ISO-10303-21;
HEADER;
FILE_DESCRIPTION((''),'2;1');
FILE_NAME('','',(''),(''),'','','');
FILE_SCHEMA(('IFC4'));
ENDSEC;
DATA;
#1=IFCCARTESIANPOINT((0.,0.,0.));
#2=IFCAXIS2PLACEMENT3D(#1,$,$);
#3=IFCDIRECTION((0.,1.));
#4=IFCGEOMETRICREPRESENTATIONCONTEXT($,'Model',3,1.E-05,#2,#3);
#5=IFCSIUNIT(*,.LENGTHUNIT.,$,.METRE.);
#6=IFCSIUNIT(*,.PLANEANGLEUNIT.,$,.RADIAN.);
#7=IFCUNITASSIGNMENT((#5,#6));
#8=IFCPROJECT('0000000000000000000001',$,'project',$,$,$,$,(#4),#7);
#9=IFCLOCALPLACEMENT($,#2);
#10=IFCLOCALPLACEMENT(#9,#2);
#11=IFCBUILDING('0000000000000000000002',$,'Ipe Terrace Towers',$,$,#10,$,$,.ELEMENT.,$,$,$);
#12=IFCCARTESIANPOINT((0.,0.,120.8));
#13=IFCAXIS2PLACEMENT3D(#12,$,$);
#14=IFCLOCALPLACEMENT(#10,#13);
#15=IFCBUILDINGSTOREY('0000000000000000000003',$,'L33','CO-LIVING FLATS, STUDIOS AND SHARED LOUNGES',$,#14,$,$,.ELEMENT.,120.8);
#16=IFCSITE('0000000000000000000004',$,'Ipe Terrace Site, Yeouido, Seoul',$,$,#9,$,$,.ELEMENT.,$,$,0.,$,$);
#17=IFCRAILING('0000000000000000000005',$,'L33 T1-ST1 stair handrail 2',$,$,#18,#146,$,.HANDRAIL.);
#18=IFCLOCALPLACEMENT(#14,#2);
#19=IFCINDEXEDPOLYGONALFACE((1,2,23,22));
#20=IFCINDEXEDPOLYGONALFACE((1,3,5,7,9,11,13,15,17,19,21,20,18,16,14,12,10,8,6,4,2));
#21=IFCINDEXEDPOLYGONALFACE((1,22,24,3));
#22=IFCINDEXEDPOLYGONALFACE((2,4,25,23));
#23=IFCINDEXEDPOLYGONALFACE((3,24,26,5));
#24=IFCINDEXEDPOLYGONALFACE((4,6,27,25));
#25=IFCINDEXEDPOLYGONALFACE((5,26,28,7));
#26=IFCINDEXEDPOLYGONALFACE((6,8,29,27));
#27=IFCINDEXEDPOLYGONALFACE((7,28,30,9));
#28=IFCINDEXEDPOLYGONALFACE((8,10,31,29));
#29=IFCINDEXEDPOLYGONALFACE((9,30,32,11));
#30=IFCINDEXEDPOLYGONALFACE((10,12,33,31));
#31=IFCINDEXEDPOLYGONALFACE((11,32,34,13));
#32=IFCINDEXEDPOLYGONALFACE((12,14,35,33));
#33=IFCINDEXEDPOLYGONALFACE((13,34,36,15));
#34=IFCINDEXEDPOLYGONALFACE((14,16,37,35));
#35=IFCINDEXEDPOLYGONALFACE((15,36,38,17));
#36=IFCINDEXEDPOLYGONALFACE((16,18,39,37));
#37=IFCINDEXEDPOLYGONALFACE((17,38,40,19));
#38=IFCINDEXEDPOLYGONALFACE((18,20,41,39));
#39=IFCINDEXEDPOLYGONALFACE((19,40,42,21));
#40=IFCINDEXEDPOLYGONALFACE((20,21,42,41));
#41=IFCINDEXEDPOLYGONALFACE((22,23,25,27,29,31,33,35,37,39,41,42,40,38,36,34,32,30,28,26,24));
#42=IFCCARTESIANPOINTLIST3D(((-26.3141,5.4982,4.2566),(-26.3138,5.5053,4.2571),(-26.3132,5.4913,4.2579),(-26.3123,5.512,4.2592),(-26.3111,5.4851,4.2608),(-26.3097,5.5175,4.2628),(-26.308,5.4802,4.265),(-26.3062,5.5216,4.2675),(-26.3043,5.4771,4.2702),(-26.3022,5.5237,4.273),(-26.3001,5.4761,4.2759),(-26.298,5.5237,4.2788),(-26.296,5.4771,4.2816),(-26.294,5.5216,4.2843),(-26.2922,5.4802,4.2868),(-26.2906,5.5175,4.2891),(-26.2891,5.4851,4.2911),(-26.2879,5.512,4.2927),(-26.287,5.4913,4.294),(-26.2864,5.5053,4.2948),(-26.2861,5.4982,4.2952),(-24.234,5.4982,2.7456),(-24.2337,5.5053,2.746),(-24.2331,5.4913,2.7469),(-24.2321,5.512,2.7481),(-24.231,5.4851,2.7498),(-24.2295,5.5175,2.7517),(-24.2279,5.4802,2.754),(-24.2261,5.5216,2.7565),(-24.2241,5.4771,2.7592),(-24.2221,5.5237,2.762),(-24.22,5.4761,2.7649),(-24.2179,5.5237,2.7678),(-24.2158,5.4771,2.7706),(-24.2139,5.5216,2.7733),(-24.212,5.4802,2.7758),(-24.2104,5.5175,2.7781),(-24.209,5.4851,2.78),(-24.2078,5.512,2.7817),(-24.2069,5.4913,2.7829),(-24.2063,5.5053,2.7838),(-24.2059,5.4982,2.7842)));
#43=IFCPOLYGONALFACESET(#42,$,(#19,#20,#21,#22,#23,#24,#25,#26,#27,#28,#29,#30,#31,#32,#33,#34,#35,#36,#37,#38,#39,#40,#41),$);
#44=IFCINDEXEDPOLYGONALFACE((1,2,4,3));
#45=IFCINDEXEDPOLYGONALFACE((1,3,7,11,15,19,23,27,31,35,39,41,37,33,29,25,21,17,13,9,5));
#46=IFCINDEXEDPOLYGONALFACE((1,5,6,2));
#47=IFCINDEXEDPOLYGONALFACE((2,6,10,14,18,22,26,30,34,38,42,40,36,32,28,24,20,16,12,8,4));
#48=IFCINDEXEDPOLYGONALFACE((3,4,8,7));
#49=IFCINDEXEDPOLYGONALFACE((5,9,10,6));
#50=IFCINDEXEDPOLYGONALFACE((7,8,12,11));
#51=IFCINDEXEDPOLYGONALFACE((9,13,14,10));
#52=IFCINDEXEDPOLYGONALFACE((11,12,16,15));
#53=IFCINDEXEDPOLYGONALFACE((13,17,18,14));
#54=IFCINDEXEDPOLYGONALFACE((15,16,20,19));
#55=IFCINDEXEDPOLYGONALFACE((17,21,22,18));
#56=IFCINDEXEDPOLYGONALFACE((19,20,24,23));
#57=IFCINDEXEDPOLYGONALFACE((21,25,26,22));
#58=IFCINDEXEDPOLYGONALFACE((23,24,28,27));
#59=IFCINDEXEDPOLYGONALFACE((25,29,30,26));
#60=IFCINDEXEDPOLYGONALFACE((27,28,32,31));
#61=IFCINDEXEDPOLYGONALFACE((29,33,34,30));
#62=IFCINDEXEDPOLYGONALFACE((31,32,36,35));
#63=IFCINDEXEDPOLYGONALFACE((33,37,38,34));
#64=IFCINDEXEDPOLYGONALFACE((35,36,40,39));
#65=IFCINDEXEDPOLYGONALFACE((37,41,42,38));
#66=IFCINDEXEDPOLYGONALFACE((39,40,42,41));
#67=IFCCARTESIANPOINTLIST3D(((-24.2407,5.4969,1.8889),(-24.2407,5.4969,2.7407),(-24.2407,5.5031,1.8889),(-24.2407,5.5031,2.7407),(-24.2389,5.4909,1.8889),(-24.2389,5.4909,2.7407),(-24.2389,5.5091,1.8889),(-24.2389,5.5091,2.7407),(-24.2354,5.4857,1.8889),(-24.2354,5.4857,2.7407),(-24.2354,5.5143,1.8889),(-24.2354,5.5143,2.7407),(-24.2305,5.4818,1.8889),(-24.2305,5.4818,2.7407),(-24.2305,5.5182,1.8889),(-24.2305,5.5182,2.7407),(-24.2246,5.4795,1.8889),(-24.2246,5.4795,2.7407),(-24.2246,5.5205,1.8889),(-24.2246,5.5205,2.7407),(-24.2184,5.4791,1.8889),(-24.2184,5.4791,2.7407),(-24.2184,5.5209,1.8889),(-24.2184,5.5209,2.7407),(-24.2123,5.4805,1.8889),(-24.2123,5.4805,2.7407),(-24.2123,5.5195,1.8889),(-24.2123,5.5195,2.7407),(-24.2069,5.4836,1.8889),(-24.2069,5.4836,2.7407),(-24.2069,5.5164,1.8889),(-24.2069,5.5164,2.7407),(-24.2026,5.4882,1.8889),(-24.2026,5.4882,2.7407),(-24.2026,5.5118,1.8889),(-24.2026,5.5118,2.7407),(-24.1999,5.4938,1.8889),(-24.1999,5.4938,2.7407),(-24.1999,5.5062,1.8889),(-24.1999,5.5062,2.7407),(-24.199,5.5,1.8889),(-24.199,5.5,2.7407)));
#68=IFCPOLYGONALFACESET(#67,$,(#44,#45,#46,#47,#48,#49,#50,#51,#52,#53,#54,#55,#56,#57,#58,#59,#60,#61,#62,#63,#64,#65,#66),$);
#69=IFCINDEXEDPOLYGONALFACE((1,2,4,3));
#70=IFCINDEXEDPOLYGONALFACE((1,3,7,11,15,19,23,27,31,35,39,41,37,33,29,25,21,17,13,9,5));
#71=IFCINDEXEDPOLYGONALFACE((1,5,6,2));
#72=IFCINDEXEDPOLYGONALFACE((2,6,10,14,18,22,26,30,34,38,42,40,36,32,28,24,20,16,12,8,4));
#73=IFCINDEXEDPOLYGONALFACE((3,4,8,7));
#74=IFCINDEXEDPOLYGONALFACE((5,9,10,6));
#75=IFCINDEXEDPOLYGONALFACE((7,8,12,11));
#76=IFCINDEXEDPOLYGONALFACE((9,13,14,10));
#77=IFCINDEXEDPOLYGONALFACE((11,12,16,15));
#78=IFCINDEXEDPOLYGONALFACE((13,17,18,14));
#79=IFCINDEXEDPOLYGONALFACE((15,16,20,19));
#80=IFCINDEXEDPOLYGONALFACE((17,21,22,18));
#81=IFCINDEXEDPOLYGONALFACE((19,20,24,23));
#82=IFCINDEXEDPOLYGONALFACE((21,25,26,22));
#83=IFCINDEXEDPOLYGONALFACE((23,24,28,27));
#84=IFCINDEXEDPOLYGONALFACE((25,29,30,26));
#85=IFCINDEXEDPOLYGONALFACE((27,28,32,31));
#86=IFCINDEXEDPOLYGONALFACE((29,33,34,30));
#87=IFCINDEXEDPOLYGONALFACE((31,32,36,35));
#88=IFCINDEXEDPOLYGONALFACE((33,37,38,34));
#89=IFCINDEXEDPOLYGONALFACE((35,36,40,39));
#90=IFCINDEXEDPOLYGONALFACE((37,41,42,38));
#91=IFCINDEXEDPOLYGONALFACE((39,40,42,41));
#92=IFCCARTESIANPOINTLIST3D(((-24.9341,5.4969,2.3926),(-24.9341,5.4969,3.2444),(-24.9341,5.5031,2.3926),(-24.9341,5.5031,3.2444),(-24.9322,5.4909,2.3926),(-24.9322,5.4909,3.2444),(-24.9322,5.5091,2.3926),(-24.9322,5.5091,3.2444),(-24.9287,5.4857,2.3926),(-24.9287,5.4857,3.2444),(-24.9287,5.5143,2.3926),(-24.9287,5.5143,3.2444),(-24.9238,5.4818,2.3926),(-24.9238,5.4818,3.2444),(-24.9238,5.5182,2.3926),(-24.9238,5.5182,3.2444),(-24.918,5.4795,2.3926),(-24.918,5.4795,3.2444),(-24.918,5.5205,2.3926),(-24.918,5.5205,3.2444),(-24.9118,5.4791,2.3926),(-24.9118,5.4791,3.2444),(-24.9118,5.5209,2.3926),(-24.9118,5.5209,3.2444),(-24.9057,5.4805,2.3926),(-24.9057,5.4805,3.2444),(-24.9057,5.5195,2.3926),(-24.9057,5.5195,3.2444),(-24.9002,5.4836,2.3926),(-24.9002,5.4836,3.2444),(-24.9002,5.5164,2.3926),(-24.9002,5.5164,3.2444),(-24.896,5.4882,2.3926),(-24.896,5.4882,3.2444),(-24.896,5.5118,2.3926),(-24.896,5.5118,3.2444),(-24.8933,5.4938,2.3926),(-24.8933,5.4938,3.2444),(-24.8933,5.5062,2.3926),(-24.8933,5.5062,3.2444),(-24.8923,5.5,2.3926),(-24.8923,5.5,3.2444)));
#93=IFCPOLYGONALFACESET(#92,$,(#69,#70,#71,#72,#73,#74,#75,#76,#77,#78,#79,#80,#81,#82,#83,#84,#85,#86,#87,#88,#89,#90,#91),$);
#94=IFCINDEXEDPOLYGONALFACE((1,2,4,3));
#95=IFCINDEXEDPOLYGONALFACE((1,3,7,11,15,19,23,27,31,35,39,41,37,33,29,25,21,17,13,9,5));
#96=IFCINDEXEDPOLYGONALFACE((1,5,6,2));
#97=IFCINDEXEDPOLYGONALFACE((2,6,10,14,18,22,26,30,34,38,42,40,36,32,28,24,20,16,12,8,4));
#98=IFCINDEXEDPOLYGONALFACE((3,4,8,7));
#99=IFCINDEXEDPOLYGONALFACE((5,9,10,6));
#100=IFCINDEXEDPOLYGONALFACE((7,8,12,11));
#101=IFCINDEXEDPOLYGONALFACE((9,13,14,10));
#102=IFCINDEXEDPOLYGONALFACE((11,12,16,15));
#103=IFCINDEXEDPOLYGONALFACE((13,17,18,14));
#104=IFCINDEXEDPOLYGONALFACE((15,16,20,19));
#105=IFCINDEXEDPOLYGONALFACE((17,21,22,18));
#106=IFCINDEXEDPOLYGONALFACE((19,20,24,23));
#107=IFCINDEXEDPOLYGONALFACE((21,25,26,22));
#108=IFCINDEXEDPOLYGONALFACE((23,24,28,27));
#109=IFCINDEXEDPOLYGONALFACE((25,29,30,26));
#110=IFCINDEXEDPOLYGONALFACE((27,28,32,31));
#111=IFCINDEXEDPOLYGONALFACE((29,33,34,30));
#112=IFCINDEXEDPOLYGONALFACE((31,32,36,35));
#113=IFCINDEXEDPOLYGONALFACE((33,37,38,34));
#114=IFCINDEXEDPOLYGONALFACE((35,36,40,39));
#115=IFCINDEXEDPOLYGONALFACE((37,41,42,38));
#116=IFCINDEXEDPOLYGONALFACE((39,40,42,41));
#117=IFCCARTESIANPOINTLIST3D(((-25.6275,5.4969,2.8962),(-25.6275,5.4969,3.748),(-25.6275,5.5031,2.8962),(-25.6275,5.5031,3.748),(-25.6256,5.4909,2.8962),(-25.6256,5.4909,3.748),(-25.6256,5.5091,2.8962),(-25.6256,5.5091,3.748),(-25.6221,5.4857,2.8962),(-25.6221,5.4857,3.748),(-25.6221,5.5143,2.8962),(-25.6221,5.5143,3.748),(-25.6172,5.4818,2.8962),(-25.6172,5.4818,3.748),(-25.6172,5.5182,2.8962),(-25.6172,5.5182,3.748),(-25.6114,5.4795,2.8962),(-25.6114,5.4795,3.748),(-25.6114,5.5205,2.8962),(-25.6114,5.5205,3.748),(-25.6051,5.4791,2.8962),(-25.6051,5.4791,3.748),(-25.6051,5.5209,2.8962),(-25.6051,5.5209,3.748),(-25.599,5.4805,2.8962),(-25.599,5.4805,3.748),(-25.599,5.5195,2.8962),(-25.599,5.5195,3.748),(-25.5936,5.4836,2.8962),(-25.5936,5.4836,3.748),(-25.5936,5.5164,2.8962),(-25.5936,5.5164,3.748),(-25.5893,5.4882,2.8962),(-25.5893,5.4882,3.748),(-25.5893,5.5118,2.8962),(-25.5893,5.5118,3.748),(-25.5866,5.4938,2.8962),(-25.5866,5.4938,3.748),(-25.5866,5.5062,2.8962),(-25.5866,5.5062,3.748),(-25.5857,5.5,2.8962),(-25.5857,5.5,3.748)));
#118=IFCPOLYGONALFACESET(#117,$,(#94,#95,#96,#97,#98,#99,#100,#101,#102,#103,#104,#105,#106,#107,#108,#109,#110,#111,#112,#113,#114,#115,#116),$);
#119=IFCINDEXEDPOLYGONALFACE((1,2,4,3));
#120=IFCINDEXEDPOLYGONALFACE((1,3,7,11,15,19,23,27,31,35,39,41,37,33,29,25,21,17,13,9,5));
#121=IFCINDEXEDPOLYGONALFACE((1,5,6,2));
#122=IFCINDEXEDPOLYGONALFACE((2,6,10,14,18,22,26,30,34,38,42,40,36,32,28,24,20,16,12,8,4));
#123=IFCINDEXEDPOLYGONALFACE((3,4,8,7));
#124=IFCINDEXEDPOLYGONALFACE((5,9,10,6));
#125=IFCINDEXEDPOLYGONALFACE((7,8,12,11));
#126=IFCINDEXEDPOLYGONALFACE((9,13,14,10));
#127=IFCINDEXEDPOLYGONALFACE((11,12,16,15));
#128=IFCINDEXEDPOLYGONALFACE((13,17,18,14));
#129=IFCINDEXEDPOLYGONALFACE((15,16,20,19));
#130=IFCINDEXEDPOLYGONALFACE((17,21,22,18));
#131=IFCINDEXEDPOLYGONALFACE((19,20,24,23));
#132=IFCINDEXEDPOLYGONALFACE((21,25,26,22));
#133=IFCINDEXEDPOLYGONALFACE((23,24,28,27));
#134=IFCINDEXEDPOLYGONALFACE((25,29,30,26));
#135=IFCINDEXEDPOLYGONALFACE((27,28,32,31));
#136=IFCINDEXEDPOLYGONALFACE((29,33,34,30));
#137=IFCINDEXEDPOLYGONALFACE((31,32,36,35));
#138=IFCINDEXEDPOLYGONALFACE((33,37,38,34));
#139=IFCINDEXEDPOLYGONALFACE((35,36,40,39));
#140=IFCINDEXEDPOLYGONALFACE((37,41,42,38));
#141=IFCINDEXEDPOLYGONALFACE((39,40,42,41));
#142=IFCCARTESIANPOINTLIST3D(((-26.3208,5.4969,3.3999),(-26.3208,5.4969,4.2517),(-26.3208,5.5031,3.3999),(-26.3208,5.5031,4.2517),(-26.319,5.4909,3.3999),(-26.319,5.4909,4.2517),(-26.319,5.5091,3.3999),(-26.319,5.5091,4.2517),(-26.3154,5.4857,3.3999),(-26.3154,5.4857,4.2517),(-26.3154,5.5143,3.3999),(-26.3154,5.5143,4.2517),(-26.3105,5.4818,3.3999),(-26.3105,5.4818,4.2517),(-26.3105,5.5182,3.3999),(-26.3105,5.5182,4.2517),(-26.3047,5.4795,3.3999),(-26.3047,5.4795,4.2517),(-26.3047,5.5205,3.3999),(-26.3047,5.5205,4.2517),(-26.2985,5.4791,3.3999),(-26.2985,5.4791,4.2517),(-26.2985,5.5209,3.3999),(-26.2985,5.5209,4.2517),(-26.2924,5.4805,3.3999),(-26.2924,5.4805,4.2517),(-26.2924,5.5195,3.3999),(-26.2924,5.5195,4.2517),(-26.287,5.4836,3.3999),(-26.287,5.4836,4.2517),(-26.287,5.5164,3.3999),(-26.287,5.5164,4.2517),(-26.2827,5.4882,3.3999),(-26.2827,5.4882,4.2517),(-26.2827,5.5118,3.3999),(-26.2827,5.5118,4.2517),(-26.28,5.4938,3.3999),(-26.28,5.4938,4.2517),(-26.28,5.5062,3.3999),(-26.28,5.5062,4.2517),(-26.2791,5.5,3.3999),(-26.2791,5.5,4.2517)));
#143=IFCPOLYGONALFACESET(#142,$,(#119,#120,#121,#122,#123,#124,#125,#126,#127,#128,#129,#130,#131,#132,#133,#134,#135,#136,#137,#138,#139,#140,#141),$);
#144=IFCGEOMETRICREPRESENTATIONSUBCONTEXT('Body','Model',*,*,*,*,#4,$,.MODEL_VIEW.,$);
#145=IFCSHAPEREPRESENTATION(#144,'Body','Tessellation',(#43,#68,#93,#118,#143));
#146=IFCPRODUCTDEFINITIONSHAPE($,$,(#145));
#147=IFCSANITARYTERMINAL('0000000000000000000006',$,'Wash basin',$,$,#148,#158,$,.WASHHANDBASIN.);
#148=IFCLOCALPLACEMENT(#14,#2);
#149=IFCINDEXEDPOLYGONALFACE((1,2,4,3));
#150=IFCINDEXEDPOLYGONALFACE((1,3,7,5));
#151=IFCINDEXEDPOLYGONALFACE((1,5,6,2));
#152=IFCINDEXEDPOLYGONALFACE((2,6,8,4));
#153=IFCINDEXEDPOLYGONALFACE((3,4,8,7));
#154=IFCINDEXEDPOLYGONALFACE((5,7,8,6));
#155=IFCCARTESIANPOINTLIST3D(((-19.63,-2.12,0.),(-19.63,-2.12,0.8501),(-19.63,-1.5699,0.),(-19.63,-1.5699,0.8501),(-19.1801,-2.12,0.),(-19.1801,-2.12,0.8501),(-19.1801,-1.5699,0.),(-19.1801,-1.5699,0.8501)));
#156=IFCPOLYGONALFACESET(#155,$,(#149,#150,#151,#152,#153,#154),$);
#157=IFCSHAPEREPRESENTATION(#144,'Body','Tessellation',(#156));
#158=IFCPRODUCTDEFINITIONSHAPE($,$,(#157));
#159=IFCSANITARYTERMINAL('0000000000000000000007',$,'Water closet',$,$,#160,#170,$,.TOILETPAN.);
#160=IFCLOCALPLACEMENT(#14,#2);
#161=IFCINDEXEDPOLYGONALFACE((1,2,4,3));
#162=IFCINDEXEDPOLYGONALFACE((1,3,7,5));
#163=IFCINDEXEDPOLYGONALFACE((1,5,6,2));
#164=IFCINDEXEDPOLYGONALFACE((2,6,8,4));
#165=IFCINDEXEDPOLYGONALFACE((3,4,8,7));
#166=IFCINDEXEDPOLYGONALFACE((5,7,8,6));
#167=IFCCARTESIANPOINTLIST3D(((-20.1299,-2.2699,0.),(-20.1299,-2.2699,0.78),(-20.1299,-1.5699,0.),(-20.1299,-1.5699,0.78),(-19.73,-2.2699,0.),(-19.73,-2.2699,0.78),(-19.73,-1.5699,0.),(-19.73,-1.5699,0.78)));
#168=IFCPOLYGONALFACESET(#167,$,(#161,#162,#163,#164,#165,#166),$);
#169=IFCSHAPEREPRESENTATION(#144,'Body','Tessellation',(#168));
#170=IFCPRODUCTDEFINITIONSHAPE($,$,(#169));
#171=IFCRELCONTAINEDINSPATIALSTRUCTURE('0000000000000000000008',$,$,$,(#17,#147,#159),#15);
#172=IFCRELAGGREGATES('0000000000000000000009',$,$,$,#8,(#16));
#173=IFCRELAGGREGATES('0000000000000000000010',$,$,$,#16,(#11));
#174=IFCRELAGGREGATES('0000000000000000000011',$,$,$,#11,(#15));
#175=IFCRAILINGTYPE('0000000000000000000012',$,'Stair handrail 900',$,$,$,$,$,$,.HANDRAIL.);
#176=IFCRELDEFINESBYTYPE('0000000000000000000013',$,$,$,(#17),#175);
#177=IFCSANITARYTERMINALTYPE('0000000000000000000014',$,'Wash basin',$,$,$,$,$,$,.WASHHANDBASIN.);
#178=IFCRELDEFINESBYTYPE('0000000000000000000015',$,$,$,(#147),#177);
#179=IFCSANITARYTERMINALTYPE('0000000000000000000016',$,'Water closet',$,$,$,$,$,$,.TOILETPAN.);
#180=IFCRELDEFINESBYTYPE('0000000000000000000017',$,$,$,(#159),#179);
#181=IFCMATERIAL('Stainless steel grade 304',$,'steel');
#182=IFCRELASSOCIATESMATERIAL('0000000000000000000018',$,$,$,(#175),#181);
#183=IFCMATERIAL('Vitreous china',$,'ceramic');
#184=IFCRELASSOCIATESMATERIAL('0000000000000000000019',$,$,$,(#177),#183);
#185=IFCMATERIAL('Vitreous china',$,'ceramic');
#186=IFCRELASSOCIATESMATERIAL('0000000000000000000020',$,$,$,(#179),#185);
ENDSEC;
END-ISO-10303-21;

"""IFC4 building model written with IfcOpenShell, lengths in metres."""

from ifc_helpers import new_model, si_unit, direction, frame, origin, origin_2d, place, context, subcontext, project, spatial, rectangle, circle, extrude, material, type_object, element, save


model = new_model("IFC4")

# Units and contexts
model_context = context("Model", 3, precision=1e-05, world=origin(), true_north=direction((0.0, 1.0)))
body_context = subcontext(model_context, "Body", "Model", "MODEL_VIEW")
ifc_project = project(units=[si_unit("LENGTHUNIT", "METRE"), si_unit("PLANEANGLEUNIT", "RADIAN")], contexts=[model_context])

# Site, building, storey
site_placement = place(None, origin())
site = spatial("IfcSite", under=ifc_project, at=site_placement, Name="Ipe Terrace Site, Yeouido, Seoul", CompositionType="ELEMENT", RefElevation=0.0)
building_placement = place(site_placement, origin())
building = spatial("IfcBuilding", under=site, at=building_placement, Name="Ipe Terrace Towers", CompositionType="ELEMENT")
storey_placement = place(building_placement, frame((0.0, 0.0, 120.8)))
storey = spatial("IfcBuildingStorey", under=building, at=storey_placement, Name="L33", Description="CO-LIVING FLATS, STUDIOS AND SHARED LOUNGES", CompositionType="ELEMENT", Elevation=120.8)

# Railing
ifc_material_1 = material(Name="Stainless steel grade 304", Category="steel")
railing_type = type_object("IfcRailingType", Name="Stair handrail 900", PredefinedType="HANDRAIL", material=ifc_material_1)
railing_1_placement = place(storey_placement, frame((-24.22, 5.5, 1.8889)))
element("IfcRailing", 1, at=railing_1_placement, inside=storey, type_object=railing_type, Name="L33 T1-ST1 stair handrail 2", PredefinedType="HANDRAIL", context=body_context, shape_type="SweptSolid", body=[
    extrude(circle(Radius=0.0239, at=origin_2d()), frame((0.0, 0.0, 0.876), z_axis=(-0.809069, 0.0, 0.587714), x_axis=(0.0, -1.0, 0.0)), (0.0, 0.0, 1.0), 2.571),
    extrude(circle(Radius=0.021, at=origin_2d()), origin(), (0.0, 0.0, 1.0), 0.8518),
    extrude(circle(Radius=0.021, at=origin_2d()), frame((-0.6934, 0.0, 0.5037)), (0.0, 0.0, 1.0), 0.8518),
    extrude(circle(Radius=0.021, at=origin_2d()), frame((-1.3867, 0.0, 1.0073)), (0.0, 0.0, 1.0), 0.8518),
    extrude(circle(Radius=0.021, at=origin_2d()), frame((-2.0801, 0.0, 1.511)), (0.0, 0.0, 1.0), 0.8518),
])

# Sanitary terminals
ifc_material_2 = material(Name="Vitreous china", Category="ceramic")
sanitary_terminal_type_1 = type_object("IfcSanitaryTerminalType", Name="Wash basin", PredefinedType="WASHHANDBASIN", material=ifc_material_2)
sanitary_terminal_1_placement = place(storey_placement, frame((-19.405, -1.845, 0.0), z_axis=(0.0, 0.0, 1.0), x_axis=(0.0, -1.0, 0.0)))
element("IfcSanitaryTerminal", 2, at=sanitary_terminal_1_placement, inside=storey, type_object=sanitary_terminal_type_1, Name="Wash basin", PredefinedType="WASHHANDBASIN", context=body_context, shape_type="SweptSolid", body=[
    extrude(rectangle(XDim=0.55, YDim=0.45, at=origin_2d()), origin(), (0.0, 0.0, 1.0), 0.8501),
])
ifc_material_3 = material(Name="Vitreous china", Category="ceramic")
sanitary_terminal_type_2 = type_object("IfcSanitaryTerminalType", Name="Water closet", PredefinedType="TOILETPAN", material=ifc_material_3)
sanitary_terminal_2_placement = place(storey_placement, frame((-19.9299, -1.9199, 0.0), z_axis=(0.0, 0.0, 1.0), x_axis=(0.0, -1.0, 0.0)))
element("IfcSanitaryTerminal", 3, at=sanitary_terminal_2_placement, inside=storey, type_object=sanitary_terminal_type_2, Name="Water closet", PredefinedType="TOILETPAN", context=body_context, shape_type="SweptSolid", body=[
    extrude(rectangle(XDim=0.7, YDim=0.3999, at=origin_2d()), origin(), (0.0, 0.0, 1.0), 0.78),
])

save(model, "model.ifc")
